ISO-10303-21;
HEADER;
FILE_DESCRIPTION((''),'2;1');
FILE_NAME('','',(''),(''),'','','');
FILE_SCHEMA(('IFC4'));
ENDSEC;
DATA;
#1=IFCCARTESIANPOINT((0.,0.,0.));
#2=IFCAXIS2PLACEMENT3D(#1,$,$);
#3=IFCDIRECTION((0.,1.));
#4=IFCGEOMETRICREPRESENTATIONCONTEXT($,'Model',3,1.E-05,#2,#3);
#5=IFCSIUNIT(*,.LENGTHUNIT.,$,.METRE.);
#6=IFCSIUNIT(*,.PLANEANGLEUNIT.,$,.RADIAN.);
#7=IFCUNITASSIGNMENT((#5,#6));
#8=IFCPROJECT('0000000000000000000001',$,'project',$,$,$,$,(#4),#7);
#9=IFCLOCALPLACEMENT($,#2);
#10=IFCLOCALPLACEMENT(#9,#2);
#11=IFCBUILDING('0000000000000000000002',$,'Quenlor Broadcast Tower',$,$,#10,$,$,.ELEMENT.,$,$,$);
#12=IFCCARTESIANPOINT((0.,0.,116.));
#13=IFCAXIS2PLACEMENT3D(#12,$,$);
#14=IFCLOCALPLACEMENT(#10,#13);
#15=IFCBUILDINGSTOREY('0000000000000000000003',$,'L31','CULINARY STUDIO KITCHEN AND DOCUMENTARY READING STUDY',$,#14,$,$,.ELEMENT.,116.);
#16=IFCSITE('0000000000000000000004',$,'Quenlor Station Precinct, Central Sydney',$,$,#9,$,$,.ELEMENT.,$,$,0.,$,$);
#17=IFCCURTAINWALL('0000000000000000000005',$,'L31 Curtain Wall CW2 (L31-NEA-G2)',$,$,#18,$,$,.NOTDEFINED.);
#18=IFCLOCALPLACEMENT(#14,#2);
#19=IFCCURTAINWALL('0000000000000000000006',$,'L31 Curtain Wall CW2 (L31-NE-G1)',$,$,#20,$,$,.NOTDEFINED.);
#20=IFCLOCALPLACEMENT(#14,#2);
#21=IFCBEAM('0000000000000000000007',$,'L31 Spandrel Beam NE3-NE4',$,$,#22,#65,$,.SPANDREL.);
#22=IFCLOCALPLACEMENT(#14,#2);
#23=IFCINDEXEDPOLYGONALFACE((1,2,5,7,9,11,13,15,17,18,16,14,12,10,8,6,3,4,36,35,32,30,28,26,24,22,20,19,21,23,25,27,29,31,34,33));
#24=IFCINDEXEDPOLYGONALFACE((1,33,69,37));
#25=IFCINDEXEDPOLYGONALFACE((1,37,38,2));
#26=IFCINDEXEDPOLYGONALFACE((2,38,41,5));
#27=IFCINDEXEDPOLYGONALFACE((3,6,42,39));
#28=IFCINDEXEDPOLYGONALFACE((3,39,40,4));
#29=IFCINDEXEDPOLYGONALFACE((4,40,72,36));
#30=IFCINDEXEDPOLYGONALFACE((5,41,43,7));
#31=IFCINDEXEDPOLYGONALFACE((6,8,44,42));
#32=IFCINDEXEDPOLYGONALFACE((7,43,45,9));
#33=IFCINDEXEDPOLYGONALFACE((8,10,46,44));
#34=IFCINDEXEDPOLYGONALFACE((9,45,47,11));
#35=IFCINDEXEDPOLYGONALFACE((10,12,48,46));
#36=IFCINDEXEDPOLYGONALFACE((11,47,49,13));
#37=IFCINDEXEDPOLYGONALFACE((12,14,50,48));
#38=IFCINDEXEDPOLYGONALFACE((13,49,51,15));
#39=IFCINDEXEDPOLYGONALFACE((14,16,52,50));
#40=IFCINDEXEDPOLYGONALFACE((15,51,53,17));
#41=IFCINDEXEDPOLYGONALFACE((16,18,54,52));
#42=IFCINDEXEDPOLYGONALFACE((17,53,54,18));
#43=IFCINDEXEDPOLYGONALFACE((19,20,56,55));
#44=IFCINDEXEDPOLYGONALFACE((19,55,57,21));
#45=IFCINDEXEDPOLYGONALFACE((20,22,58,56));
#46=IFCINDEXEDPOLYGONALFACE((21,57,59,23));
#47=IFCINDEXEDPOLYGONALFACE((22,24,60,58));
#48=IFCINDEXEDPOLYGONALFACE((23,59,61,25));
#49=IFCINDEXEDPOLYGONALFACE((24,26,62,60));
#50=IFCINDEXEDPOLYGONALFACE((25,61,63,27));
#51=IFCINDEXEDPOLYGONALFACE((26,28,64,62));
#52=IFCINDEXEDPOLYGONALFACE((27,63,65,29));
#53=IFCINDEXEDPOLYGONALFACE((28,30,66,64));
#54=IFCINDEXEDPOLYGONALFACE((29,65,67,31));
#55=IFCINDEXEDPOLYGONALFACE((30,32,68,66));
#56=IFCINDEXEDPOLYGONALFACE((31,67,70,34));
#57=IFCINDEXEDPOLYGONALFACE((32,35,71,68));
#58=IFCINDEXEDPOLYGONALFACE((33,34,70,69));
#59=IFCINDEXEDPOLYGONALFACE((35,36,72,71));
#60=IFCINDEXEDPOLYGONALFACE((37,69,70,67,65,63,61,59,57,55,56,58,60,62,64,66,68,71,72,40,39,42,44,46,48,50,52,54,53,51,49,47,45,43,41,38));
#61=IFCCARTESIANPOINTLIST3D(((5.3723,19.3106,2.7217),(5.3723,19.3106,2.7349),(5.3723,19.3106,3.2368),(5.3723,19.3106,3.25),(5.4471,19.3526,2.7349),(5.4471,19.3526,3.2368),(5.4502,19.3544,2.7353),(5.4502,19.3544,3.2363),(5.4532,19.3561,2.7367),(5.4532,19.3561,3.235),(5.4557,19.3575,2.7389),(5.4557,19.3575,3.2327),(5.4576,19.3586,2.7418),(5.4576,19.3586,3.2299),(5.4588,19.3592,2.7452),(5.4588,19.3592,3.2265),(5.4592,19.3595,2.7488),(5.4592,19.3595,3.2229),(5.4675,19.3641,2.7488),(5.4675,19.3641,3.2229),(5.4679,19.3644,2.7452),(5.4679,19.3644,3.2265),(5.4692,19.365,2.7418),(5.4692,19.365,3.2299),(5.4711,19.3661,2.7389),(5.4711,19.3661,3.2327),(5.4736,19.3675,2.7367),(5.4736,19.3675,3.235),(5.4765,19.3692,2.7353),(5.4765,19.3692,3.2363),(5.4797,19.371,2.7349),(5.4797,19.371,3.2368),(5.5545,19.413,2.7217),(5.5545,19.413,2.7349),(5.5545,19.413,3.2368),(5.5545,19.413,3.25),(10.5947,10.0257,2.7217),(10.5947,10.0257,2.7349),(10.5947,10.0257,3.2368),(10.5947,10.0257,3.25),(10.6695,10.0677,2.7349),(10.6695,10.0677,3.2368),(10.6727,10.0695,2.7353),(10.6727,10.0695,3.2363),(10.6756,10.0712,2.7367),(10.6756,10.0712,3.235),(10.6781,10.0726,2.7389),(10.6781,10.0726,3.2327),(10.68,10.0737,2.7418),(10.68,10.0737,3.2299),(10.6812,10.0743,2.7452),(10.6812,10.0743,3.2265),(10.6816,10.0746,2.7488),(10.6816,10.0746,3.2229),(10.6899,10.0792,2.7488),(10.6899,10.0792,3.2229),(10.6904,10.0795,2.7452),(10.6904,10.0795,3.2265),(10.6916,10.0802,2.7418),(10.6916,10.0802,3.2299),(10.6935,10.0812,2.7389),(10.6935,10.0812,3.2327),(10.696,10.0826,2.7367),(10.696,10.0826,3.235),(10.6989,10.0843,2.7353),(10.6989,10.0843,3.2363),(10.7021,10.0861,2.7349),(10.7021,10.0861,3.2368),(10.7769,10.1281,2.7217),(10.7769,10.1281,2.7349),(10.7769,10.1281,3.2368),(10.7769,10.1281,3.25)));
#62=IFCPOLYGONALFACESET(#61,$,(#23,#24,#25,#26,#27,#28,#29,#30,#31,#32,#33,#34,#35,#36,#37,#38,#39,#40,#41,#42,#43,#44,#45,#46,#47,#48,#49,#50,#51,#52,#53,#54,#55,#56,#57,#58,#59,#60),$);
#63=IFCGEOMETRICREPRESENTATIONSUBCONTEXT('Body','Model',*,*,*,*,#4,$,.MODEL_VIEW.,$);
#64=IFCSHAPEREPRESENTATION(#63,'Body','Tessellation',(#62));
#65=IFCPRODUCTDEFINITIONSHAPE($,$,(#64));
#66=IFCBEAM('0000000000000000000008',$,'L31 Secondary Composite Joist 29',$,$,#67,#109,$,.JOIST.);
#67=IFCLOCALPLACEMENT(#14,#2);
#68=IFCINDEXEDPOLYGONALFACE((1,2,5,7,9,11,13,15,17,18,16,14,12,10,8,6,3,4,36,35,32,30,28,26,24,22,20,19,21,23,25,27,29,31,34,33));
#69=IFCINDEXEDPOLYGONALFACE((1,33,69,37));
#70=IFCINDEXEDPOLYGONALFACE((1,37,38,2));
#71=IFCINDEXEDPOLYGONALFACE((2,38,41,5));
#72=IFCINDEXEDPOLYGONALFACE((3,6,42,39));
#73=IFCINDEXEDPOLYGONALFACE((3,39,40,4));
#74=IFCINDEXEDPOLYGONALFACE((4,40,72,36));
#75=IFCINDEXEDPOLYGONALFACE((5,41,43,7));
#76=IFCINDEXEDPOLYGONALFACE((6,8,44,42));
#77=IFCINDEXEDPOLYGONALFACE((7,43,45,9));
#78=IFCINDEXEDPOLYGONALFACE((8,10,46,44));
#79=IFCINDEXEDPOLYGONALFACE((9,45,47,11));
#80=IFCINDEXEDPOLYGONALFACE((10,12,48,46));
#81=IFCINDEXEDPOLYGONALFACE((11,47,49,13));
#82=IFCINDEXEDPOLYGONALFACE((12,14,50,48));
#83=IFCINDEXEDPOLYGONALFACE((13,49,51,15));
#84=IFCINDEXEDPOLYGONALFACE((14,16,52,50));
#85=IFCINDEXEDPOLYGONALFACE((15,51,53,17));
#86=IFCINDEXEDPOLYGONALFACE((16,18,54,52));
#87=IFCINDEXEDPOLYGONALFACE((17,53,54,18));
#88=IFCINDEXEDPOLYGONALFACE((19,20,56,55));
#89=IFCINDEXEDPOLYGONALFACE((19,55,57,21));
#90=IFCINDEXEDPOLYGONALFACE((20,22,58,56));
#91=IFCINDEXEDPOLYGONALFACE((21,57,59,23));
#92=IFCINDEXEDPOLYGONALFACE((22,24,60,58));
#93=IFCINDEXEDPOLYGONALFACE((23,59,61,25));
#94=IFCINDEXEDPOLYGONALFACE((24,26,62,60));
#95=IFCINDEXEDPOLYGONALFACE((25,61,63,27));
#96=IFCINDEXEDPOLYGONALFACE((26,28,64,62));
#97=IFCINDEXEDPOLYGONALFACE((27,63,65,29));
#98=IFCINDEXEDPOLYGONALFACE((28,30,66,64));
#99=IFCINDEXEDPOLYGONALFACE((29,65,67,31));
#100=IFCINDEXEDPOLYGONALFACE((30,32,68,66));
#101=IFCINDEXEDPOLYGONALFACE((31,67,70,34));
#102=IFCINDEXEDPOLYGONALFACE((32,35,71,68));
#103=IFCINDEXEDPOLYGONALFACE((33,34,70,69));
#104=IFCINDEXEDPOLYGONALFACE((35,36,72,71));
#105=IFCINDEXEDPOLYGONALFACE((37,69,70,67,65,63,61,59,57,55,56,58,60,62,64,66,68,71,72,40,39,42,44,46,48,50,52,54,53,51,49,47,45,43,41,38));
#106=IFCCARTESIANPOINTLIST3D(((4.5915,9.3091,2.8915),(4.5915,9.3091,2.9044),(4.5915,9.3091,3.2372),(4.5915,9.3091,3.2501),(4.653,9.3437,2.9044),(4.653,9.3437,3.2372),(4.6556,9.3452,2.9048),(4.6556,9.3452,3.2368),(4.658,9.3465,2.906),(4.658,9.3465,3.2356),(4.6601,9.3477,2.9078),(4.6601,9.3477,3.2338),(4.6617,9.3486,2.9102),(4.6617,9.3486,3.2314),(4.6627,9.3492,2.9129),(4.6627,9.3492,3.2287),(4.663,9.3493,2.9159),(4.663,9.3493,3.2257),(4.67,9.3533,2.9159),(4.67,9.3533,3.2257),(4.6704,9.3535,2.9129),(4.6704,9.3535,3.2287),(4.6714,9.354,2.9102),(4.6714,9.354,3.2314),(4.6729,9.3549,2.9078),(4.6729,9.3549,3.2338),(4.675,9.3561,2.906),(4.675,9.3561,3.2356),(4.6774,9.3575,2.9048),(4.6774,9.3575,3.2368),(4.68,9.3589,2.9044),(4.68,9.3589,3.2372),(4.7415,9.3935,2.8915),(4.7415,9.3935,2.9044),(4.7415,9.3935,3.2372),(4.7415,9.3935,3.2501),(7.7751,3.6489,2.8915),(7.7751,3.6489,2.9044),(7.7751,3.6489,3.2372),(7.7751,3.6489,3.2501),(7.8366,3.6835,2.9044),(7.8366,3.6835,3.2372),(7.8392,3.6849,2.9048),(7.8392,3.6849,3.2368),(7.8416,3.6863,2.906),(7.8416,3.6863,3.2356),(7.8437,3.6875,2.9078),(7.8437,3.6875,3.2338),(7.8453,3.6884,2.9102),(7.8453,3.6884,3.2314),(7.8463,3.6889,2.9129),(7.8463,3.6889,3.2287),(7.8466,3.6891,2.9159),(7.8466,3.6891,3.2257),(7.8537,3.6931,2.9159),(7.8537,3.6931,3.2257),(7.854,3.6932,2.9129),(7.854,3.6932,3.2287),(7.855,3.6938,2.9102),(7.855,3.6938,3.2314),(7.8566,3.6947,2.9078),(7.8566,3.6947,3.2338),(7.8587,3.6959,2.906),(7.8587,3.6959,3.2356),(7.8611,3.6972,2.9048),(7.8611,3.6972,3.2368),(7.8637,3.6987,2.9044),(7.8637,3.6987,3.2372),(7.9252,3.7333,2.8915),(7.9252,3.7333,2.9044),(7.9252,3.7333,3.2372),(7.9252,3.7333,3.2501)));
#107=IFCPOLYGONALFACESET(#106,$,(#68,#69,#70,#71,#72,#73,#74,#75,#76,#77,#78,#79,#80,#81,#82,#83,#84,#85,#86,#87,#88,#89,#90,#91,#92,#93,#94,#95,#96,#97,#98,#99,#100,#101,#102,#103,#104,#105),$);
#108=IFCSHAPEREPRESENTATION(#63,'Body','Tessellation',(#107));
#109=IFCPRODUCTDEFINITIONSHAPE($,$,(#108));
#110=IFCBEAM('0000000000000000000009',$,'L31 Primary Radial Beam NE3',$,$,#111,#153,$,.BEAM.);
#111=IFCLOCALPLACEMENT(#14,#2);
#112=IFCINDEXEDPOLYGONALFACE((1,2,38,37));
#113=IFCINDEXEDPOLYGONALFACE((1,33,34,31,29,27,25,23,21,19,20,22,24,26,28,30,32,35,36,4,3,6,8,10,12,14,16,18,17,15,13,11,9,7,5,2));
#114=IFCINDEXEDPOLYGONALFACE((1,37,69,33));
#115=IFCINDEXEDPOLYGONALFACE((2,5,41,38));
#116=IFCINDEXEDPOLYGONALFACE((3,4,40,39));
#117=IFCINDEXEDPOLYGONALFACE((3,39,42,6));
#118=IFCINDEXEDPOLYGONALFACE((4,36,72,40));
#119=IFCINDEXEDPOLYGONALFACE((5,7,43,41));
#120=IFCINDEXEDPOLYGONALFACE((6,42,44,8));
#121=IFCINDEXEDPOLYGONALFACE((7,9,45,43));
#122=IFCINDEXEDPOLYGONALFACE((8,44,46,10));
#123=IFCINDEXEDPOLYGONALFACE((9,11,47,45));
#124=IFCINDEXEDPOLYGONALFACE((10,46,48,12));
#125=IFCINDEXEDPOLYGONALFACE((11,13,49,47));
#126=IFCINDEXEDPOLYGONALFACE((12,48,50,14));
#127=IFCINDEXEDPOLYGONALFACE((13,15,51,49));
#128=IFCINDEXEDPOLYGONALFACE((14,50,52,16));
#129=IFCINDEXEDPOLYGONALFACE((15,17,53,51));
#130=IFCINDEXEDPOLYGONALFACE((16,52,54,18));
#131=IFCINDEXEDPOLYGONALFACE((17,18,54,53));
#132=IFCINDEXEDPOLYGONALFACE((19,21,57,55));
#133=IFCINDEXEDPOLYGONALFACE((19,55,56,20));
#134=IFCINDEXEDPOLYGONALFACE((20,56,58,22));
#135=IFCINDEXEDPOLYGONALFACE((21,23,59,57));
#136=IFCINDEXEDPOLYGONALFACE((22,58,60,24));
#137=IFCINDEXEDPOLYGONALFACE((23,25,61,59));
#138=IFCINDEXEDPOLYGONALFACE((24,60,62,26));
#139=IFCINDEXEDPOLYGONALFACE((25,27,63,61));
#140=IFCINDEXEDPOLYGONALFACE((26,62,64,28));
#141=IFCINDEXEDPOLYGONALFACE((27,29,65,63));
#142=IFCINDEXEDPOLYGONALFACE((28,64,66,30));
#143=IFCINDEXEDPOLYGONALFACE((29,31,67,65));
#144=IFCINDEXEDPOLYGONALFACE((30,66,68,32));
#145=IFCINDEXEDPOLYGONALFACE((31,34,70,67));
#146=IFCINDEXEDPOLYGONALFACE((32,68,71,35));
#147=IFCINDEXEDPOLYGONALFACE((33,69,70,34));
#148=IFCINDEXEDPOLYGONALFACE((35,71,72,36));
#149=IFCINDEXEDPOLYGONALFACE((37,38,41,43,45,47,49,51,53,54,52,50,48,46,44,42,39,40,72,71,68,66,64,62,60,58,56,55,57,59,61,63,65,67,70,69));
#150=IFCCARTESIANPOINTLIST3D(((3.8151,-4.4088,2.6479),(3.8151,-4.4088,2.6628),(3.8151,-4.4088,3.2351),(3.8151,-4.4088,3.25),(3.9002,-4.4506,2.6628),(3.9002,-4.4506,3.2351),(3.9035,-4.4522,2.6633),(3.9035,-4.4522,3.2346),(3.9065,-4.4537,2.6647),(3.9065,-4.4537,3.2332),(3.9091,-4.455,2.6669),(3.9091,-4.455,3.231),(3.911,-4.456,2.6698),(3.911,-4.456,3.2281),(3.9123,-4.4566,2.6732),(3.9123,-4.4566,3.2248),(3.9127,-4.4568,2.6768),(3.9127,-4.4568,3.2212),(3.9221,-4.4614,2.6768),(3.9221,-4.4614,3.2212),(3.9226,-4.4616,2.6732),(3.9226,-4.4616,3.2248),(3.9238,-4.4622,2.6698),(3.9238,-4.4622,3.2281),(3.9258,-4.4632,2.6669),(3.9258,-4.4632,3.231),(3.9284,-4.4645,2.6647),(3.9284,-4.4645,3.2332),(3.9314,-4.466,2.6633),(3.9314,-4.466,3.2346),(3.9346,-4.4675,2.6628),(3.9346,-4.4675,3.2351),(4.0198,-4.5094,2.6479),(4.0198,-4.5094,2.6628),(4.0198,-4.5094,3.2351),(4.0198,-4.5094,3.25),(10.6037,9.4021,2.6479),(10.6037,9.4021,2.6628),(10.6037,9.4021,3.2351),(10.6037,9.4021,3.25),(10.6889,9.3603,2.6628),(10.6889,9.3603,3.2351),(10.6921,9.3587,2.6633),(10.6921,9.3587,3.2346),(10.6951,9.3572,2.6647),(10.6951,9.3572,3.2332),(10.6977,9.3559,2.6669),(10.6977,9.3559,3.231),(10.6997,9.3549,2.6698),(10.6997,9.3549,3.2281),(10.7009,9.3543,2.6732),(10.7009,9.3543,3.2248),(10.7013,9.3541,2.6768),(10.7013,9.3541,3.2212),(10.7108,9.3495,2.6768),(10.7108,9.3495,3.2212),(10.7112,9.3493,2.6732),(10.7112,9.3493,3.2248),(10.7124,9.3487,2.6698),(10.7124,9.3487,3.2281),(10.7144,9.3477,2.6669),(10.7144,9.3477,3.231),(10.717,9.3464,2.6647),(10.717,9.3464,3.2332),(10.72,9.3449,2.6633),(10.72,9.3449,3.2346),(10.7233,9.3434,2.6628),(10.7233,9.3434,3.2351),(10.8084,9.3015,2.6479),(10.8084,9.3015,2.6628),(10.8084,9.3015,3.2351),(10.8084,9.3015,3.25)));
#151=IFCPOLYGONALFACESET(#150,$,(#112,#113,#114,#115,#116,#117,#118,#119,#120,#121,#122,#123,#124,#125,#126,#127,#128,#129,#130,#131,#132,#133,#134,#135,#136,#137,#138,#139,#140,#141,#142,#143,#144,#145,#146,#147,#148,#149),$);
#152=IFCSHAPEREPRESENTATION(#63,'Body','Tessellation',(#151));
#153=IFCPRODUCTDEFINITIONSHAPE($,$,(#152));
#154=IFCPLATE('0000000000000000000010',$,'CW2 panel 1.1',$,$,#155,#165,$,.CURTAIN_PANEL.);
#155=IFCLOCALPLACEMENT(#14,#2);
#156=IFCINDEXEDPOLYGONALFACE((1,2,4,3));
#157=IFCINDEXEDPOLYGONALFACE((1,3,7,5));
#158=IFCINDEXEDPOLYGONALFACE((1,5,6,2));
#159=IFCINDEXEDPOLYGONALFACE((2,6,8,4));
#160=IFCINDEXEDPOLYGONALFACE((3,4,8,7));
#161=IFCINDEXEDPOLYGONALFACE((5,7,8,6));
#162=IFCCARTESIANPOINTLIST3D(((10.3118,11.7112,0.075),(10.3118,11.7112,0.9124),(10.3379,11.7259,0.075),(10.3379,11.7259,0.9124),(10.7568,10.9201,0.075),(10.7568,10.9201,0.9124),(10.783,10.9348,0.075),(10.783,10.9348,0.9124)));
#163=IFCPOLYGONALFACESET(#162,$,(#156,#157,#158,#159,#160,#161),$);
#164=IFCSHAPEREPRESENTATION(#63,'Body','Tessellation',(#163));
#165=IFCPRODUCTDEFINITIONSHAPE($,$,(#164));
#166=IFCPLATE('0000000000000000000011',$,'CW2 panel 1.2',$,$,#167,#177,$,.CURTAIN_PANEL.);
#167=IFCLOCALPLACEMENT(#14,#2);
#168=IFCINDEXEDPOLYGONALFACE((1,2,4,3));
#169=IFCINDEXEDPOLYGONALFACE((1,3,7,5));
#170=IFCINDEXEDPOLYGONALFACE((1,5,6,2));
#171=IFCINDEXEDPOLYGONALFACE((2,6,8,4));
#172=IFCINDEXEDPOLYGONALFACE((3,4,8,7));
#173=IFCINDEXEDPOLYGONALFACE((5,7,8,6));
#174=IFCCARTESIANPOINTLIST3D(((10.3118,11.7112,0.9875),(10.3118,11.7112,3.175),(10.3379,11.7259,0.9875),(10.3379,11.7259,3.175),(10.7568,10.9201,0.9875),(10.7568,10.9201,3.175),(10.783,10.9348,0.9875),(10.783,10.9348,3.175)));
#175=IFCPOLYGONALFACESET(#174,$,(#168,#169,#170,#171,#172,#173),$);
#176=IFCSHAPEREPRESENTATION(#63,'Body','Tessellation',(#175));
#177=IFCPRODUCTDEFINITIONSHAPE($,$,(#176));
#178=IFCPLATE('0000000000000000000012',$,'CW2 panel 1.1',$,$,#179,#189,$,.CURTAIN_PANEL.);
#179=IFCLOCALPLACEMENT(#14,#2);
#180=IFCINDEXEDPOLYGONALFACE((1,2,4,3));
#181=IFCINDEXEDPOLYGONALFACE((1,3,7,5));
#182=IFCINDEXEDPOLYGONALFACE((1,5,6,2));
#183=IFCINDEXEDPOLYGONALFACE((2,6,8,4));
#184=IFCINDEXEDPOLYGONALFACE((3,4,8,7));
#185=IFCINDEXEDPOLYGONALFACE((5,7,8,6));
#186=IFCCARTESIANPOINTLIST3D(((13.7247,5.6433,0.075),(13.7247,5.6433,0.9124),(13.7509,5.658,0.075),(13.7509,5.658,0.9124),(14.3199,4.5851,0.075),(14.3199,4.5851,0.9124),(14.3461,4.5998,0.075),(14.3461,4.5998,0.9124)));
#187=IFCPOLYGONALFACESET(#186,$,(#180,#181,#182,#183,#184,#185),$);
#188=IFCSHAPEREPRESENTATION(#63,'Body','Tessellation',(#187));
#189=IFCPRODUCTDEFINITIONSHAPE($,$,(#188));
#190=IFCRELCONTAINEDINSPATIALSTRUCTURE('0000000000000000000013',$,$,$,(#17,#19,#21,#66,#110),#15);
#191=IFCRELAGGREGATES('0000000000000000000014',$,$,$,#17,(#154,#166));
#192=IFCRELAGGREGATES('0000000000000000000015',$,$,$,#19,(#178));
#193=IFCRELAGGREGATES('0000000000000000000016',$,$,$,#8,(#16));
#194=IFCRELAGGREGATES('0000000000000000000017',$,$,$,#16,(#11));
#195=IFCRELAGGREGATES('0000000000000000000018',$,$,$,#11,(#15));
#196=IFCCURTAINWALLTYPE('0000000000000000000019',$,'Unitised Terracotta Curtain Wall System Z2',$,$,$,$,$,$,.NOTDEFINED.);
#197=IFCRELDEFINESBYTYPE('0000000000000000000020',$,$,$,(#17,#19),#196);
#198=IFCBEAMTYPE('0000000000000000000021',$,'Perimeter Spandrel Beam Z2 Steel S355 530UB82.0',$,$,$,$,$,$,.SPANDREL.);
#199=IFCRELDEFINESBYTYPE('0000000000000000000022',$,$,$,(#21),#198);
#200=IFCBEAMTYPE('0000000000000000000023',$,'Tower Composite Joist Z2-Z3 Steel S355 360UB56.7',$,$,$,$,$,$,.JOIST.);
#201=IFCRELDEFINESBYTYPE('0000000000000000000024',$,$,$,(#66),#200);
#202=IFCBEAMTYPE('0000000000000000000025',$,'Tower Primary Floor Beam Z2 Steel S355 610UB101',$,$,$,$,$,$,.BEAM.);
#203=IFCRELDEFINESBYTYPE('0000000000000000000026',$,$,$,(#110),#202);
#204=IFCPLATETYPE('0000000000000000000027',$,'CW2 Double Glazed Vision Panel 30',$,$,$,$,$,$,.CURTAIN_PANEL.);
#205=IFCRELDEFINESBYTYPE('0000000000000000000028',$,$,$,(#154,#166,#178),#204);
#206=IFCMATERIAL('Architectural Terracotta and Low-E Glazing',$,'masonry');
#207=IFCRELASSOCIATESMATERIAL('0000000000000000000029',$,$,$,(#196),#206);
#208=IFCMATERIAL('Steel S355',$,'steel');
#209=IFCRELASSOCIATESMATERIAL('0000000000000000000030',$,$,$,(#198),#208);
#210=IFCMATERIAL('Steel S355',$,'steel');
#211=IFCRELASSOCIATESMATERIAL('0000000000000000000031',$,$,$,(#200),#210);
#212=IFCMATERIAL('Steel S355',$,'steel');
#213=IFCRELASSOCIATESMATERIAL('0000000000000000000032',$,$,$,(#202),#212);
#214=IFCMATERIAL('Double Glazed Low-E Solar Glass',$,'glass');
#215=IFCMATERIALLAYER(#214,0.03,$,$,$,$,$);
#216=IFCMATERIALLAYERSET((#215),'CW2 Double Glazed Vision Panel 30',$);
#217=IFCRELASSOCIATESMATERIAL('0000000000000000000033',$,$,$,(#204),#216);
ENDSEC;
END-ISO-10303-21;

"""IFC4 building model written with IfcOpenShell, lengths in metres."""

from ifc_helpers import new_model, si_unit, direction, frame, origin, origin_2d, place, context, subcontext, project, spatial, rectangle, i_section, extrude, material, layer, layer_set, material_profile, profile_set, type_object, element, aggregate, save


model = new_model("IFC4")

# Units and contexts
model_context = context("Model", 3, precision=1e-05, world=origin(), true_north=direction((0.0, 1.0)))
body_context = subcontext(model_context, "Body", "Model", "MODEL_VIEW")
ifc_project = project(units=[si_unit("LENGTHUNIT", "METRE"), si_unit("PLANEANGLEUNIT", "RADIAN")], contexts=[model_context])

# Site, building, storey
site_placement = place(None, origin())
site = spatial("IfcSite", under=ifc_project, at=site_placement, Name="Quenlor Station Precinct, Central Sydney", CompositionType="ELEMENT", RefElevation=0.0)
building_placement = place(site_placement, origin())
building = spatial("IfcBuilding", under=site, at=building_placement, Name="Quenlor Broadcast Tower", CompositionType="ELEMENT")
storey_placement = place(building_placement, frame((0.0, 0.0, 116.0)))
storey = spatial("IfcBuildingStorey", under=building, at=storey_placement, Name="L31", Description="CULINARY STUDIO KITCHEN AND DOCUMENTARY READING STUDY", CompositionType="ELEMENT", Elevation=116.0)

# Curtain wall
ifc_material_1 = material(Name="Architectural Terracotta and Low-E Glazing", Category="masonry")
curtain_wall_type = type_object("IfcCurtainWallType", Name="Unitised Terracotta Curtain Wall System Z2", PredefinedType="NOTDEFINED", material=ifc_material_1)
curtain_wall_1_placement = place(storey_placement, origin())
curtain_wall_1 = element("IfcCurtainWall", 1, at=curtain_wall_1_placement, inside=storey, type_object=curtain_wall_type, Name="L31 Curtain Wall CW2 (L31-NEA-G2)", PredefinedType="NOTDEFINED")

# Curtain wall
curtain_wall_2_placement = place(storey_placement, origin())
curtain_wall_2 = element("IfcCurtainWall", 2, at=curtain_wall_2_placement, inside=storey, type_object=curtain_wall_type, Name="L31 Curtain Wall CW2 (L31-NE-G1)", PredefinedType="NOTDEFINED")

# Beams
ifc_material_2 = material(Name="Steel S355", Category="steel")
ifc_material_profile_1 = material_profile(ifc_material_2, i_section(OverallWidth=0.209, OverallDepth=0.5283, WebThickness=0.0095, FlangeThickness=0.0132, FilletRadius=0.0139, at=origin_2d()))
ifc_profile_set_1 = profile_set([ifc_material_profile_1], Name="Steel S355 530UB82.0")
beam_type_1 = type_object("IfcBeamType", Name="Perimeter Spandrel Beam Z2 Steel S355 530UB82.0", PredefinedType="SPANDREL", material=ifc_profile_set_1)
beam_1_placement = place(storey_placement, frame((10.6858, 10.0769, 2.9858), z_axis=(-0.490236, 0.87159, 0.0), x_axis=(-0.87159, -0.490236, 0.0)))
element("IfcBeam", 3, at=beam_1_placement, inside=storey, type_object=beam_type_1, Name="L31 Spandrel Beam NE3-NE4", PredefinedType="SPANDREL", context=body_context, shape_type="SweptSolid", body=[
    extrude(i_section(OverallWidth=0.209, OverallDepth=0.5283, WebThickness=0.0095, FlangeThickness=0.0132, FilletRadius=0.0139, at=origin_2d()), origin(), (0.0, 0.0, 1.0), 10.6528),
])
ifc_material_3 = material(Name="Steel S355", Category="steel")
ifc_material_profile_2 = material_profile(ifc_material_3, i_section(OverallWidth=0.1721, OverallDepth=0.3586, WebThickness=0.0081, FlangeThickness=0.0129, FilletRadius=0.0115, at=origin_2d()))
ifc_profile_set_2 = profile_set([ifc_material_profile_2], Name="Steel S355 360UB56.7")
beam_type_2 = type_object("IfcBeamType", Name="Tower Composite Joist Z2-Z3 Steel S355 360UB56.7", PredefinedType="JOIST", material=ifc_profile_set_2)
beam_2_placement = place(storey_placement, frame((4.6665, 9.3513, 3.0708), z_axis=(0.490233, -0.871592, 0.0), x_axis=(0.871592, 0.490233, 0.0)))
element("IfcBeam", 4, at=beam_2_placement, inside=storey, type_object=beam_type_2, Name="L31 Secondary Composite Joist 29", PredefinedType="JOIST", context=body_context, shape_type="SweptSolid", body=[
    extrude(i_section(OverallWidth=0.1721, OverallDepth=0.3586, WebThickness=0.0081, FlangeThickness=0.0129, FilletRadius=0.0115, at=origin_2d()), origin(), (0.0, 0.0, 1.0), 6.4941),
])
ifc_material_4 = material(Name="Steel S355", Category="steel")
ifc_material_profile_3 = material_profile(ifc_material_4, i_section(OverallWidth=0.228, OverallDepth=0.6021, WebThickness=0.0105, FlangeThickness=0.0149, FilletRadius=0.0139, at=origin_2d()))
ifc_profile_set_3 = profile_set([ifc_material_profile_3], Name="Steel S355 610UB101")
beam_type_3 = type_object("IfcBeamType", Name="Tower Primary Floor Beam Z2 Steel S355 610UB101", PredefinedType="BEAM", material=ifc_profile_set_3)
beam_3_placement = place(storey_placement, frame((10.7061, 9.3518, 2.949), z_axis=(-0.44113, -0.897443, 0.0), x_axis=(0.897443, -0.44113, 0.0)))
element("IfcBeam", 5, at=beam_3_placement, inside=storey, type_object=beam_type_3, Name="L31 Primary Radial Beam NE3", PredefinedType="BEAM", context=body_context, shape_type="SweptSolid", body=[
    extrude(i_section(OverallWidth=0.228, OverallDepth=0.6021, WebThickness=0.0105, FlangeThickness=0.0149, FilletRadius=0.0139, at=origin_2d()), origin(), (0.0, 0.0, 1.0), 15.3892),
])

# Plates
ifc_material_5 = material(Name="Double Glazed Low-E Solar Glass", Category="glass")
ifc_layer_1 = layer(ifc_material_5, 0.03)
ifc_layer_set_1 = layer_set([ifc_layer_1], Name="CW2 Double Glazed Vision Panel 30")
plate_type_1 = type_object("IfcPlateType", Name="CW2 Double Glazed Vision Panel 30", PredefinedType="CURTAIN_PANEL", material=ifc_layer_set_1)
plate_1_placement = place(storey_placement, frame((10.5474, 11.323, 0.075), z_axis=(0.0, 0.0, 1.0), x_axis=(0.490252, -0.871581, 0.0)))
plate_1 = element("IfcPlate", 6, at=plate_1_placement, type_object=plate_type_1, Name="CW2 panel 1.1", PredefinedType="CURTAIN_PANEL", context=body_context, shape_type="SweptSolid", body=[
    extrude(rectangle(XDim=0.9077, YDim=0.03, at=origin_2d()), origin(), (0.0, 0.0, 1.0), 0.8374),
])
plate_2_placement = place(storey_placement, frame((10.5474, 11.323, 0.9875), z_axis=(0.0, 0.0, 1.0), x_axis=(0.490252, -0.871581, 0.0)))
plate_2 = element("IfcPlate", 7, at=plate_2_placement, type_object=plate_type_1, Name="CW2 panel 1.2", PredefinedType="CURTAIN_PANEL", context=body_context, shape_type="SweptSolid", body=[
    extrude(rectangle(XDim=0.9077, YDim=0.03, at=origin_2d()), origin(), (0.0, 0.0, 1.0), 2.1875),
])
aggregate(curtain_wall_1, [plate_1, plate_2])
plate_3_placement = place(storey_placement, frame((14.0354, 5.1216, 0.075), z_axis=(0.0, 0.0, 1.0), x_axis=(0.490254, -0.871579, 0.0)))
plate_3 = element("IfcPlate", 8, at=plate_3_placement, type_object=plate_type_1, Name="CW2 panel 1.1", PredefinedType="CURTAIN_PANEL", context=body_context, shape_type="SweptSolid", body=[
    extrude(rectangle(XDim=1.2141, YDim=0.03, at=origin_2d()), origin(), (0.0, 0.0, 1.0), 0.8374),
])
aggregate(curtain_wall_2, [plate_3])

save(model, "model.ifc")
